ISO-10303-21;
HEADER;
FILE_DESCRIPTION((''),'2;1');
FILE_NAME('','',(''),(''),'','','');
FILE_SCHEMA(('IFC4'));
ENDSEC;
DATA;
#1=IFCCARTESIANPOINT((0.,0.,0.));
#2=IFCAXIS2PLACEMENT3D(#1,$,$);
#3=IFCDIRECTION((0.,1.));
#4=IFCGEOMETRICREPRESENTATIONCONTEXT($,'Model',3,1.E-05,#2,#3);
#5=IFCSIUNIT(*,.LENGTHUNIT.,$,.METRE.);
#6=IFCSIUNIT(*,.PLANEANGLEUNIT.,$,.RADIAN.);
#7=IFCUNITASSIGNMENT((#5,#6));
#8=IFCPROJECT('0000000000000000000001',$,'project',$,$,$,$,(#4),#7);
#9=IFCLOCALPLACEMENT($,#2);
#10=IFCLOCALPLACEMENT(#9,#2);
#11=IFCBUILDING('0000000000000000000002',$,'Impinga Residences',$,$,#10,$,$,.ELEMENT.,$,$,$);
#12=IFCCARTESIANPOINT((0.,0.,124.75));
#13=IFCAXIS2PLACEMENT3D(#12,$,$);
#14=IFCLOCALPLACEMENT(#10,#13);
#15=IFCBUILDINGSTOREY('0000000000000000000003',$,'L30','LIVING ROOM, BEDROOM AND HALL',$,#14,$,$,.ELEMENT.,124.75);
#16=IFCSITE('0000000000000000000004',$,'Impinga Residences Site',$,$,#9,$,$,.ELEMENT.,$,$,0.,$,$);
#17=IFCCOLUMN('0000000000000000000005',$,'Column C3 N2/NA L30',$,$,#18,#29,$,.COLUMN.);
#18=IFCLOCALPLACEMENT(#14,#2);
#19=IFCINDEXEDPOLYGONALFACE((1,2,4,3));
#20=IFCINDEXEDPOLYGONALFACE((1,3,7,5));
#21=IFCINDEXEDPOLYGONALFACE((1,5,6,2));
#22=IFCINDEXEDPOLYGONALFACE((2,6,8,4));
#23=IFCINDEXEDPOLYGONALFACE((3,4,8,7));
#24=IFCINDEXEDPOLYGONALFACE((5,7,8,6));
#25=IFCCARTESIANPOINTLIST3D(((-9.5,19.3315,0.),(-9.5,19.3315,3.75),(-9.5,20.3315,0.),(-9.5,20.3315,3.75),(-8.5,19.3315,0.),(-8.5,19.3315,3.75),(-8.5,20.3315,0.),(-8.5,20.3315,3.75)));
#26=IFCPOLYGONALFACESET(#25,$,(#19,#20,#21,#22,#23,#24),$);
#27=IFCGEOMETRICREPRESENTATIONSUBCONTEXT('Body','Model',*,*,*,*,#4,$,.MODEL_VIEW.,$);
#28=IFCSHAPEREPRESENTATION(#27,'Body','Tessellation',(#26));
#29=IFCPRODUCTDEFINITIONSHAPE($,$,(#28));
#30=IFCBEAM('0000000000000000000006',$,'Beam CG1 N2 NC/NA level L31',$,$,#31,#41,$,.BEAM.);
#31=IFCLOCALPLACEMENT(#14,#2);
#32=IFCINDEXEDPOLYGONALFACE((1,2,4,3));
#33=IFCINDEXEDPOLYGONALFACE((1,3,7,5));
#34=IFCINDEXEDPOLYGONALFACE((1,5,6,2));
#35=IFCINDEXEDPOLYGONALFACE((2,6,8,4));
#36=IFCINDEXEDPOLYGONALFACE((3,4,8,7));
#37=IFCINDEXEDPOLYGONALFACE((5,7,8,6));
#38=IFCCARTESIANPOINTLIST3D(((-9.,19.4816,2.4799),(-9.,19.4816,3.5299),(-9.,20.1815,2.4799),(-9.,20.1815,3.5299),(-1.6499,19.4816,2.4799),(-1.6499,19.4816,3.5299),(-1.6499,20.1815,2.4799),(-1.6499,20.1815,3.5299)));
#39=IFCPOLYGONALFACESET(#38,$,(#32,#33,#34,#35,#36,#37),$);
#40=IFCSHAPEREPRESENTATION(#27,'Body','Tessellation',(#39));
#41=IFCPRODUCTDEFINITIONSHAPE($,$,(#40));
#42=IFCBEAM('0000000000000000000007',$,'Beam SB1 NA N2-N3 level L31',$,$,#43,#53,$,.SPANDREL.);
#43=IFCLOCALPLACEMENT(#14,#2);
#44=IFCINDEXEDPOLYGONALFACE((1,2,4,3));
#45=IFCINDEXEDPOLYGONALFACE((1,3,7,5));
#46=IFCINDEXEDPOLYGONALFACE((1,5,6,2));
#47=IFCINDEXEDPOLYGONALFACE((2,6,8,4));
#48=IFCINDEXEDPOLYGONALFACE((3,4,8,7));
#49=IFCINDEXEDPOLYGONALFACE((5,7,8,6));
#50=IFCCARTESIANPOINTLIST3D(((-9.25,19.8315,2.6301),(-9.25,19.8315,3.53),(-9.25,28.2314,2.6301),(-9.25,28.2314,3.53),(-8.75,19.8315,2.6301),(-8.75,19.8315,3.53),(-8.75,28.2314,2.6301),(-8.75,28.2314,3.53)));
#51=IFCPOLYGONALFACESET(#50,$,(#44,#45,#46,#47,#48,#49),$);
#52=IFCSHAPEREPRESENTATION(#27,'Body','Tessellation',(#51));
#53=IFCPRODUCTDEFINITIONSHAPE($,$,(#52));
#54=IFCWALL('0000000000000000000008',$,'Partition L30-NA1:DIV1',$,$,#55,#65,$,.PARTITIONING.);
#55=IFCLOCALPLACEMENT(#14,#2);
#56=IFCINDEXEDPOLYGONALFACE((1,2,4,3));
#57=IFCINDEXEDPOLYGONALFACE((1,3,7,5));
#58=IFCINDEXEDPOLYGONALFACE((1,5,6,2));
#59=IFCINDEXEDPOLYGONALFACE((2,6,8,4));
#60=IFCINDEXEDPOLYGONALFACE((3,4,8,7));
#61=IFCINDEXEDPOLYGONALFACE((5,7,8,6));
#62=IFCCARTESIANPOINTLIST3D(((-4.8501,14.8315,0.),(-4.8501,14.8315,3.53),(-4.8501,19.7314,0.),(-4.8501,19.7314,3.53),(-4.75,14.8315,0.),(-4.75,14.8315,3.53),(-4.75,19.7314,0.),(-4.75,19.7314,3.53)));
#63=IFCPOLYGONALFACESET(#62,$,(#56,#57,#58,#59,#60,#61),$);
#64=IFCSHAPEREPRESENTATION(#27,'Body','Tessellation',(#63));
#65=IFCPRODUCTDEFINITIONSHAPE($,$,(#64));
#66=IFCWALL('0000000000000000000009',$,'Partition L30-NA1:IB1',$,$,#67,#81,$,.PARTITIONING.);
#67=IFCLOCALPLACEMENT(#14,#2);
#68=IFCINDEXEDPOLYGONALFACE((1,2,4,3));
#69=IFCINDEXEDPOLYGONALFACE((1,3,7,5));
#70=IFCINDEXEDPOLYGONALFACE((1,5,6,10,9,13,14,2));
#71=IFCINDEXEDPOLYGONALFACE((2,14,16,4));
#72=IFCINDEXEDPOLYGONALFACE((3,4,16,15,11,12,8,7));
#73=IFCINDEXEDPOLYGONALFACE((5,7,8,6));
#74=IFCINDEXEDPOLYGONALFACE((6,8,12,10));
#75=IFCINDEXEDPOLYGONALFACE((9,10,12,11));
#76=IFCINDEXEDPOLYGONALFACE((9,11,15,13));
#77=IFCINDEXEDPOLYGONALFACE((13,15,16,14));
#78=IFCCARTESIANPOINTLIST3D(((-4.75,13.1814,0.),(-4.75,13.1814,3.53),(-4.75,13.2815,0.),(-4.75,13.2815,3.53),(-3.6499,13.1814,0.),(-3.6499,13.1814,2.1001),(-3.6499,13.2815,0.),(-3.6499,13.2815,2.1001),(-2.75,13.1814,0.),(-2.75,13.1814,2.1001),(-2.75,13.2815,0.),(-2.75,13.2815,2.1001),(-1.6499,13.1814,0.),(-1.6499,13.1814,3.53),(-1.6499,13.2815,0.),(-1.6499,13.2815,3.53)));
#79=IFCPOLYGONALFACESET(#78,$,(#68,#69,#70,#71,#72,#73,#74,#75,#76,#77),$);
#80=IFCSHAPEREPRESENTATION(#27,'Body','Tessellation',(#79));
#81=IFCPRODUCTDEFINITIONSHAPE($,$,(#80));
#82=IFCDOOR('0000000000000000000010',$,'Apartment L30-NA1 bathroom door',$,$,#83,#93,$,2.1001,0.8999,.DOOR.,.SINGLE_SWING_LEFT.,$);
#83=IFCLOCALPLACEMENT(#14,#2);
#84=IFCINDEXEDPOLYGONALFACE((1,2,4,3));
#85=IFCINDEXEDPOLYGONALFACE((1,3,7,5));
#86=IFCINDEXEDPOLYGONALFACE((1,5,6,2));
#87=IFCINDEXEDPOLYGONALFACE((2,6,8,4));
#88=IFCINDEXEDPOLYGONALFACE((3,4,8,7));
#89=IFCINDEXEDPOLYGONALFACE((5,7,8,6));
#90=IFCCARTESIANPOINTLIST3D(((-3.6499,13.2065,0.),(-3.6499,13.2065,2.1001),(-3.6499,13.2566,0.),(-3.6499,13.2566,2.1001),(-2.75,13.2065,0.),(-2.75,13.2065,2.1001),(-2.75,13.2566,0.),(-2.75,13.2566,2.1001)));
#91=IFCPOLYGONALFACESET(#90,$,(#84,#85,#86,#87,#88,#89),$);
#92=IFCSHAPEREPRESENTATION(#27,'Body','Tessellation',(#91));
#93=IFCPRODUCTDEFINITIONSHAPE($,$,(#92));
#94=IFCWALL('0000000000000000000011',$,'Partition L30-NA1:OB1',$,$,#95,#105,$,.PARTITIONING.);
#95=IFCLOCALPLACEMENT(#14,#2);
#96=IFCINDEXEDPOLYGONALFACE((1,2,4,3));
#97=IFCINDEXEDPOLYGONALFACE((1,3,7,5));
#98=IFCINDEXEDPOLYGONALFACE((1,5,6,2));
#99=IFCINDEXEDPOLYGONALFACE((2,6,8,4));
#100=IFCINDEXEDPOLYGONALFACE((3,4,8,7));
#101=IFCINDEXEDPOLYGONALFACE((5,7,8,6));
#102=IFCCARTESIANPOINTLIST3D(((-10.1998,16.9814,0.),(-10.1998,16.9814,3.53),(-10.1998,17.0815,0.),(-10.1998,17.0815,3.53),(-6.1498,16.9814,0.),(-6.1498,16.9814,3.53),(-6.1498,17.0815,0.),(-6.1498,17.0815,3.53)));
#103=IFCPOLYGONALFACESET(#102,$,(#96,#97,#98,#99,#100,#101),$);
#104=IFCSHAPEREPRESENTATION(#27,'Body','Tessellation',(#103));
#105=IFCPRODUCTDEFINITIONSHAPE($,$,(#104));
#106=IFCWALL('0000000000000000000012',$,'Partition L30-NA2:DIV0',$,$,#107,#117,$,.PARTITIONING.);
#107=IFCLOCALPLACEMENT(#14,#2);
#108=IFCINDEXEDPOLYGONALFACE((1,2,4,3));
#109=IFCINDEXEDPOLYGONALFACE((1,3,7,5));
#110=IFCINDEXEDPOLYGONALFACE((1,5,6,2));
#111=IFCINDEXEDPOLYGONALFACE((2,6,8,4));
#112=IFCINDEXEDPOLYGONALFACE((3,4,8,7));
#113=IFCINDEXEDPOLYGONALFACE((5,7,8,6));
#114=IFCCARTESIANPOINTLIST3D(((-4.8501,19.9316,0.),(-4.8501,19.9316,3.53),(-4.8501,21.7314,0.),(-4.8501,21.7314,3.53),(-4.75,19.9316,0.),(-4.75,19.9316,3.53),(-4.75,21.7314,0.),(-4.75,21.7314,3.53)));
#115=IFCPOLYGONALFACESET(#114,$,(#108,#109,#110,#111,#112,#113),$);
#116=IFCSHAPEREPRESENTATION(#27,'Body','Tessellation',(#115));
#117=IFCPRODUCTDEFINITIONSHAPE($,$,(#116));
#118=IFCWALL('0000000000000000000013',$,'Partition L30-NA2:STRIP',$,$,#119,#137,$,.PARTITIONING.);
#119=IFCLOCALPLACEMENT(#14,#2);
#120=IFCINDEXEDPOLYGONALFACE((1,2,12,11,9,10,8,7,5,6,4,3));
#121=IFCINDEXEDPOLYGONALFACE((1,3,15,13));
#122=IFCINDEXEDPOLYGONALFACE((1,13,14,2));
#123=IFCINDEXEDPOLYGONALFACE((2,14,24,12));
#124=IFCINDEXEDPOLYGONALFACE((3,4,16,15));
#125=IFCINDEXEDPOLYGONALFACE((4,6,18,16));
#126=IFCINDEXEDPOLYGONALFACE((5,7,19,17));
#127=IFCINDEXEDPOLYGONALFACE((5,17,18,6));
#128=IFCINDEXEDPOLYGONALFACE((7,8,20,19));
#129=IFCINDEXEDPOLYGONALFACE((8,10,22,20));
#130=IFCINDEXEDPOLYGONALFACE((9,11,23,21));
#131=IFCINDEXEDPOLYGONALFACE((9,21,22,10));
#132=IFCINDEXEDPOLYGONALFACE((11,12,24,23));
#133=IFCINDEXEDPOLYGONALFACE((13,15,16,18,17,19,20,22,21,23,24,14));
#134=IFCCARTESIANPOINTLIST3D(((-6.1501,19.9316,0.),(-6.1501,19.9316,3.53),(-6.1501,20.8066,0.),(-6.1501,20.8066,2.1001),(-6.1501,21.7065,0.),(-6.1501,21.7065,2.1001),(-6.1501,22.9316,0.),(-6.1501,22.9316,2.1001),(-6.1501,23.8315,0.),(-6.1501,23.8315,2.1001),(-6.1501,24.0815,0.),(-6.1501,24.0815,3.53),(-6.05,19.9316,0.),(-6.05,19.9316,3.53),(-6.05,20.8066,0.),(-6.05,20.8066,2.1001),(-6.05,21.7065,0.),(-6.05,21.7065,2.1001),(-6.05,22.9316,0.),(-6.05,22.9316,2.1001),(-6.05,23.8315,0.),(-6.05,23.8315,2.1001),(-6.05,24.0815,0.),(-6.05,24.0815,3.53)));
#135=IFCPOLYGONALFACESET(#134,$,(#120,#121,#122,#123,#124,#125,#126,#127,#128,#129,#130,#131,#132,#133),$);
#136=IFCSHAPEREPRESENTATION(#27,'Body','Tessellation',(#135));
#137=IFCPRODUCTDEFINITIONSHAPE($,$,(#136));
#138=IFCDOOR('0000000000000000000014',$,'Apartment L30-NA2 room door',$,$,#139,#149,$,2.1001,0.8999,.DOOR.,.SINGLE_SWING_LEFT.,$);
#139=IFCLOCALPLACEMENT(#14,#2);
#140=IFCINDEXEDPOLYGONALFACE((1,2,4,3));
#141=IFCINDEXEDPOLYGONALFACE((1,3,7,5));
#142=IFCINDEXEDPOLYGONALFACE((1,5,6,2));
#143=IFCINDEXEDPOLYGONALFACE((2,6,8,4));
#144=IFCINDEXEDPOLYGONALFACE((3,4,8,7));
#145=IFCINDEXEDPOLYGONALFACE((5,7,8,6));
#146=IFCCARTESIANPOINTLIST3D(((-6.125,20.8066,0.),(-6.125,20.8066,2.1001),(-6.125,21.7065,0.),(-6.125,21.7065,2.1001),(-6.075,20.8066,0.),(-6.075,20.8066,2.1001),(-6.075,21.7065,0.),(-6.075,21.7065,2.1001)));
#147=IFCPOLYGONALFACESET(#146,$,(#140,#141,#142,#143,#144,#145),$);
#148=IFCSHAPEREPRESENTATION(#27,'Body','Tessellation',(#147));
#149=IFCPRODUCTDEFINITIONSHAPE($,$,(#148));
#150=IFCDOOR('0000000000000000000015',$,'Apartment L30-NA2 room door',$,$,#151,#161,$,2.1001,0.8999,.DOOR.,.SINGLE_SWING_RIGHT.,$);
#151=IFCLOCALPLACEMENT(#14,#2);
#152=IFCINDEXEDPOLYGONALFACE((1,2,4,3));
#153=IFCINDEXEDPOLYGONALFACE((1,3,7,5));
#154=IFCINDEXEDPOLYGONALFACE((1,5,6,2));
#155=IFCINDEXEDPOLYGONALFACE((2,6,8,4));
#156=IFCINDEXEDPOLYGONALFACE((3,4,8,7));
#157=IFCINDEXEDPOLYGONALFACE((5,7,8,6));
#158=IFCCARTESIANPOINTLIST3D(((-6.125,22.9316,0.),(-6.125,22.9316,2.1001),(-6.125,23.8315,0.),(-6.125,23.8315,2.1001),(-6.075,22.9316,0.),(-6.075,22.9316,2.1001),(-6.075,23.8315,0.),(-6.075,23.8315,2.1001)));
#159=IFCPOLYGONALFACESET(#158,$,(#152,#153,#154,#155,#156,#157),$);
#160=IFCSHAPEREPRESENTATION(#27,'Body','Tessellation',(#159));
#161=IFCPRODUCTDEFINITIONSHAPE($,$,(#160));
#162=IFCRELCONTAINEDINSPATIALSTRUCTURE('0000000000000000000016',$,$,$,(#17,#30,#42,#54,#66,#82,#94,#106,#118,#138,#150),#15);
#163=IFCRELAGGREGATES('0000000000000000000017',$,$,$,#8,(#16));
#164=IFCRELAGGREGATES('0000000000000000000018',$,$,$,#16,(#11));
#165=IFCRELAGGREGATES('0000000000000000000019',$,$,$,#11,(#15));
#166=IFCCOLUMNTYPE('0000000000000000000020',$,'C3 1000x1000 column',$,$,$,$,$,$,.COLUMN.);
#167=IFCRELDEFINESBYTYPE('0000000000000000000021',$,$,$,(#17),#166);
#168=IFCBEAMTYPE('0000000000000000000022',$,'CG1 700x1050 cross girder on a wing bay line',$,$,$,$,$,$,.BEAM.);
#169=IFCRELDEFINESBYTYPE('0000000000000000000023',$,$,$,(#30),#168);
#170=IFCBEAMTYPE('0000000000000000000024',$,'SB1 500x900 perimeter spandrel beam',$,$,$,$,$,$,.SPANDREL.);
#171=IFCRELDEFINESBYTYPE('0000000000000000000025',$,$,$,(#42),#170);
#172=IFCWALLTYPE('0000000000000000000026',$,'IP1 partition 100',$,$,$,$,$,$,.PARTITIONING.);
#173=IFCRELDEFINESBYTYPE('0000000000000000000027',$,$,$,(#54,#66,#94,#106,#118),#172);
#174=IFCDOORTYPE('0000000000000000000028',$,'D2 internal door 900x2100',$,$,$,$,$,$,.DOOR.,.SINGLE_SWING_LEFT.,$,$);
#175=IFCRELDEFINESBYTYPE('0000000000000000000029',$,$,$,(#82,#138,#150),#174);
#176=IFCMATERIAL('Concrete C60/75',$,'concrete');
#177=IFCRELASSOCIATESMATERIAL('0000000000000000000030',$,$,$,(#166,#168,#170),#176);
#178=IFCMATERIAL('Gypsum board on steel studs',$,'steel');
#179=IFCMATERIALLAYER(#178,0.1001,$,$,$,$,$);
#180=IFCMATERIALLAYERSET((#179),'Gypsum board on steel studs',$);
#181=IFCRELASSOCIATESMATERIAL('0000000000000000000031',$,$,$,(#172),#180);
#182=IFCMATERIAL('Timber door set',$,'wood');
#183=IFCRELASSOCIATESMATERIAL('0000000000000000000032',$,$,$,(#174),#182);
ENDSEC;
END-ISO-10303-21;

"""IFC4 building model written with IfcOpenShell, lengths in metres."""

from ifc_helpers import new_model, si_unit, direction, frame, frame_2d, origin, origin_2d, place, context, subcontext, project, spatial, rectangle, extrude, material, layer, layer_set, material_profile, profile_set, type_object, element, fill, save


model = new_model("IFC4")

# Units and contexts
model_context = context("Model", 3, precision=1e-05, world=origin(), true_north=direction((0.0, 1.0)))
body_context = subcontext(model_context, "Body", "Model", "MODEL_VIEW")
ifc_project = project(units=[si_unit("LENGTHUNIT", "METRE"), si_unit("PLANEANGLEUNIT", "RADIAN")], contexts=[model_context])

# Site, building, storey
site_placement = place(None, origin())
site = spatial("IfcSite", under=ifc_project, at=site_placement, Name="Impinga Residences Site", CompositionType="ELEMENT", RefElevation=0.0)
building_placement = place(site_placement, origin())
building = spatial("IfcBuilding", under=site, at=building_placement, Name="Impinga Residences", CompositionType="ELEMENT")
storey_placement = place(building_placement, frame((0.0, 0.0, 124.75)))
storey = spatial("IfcBuildingStorey", under=building, at=storey_placement, Name="L30", Description="LIVING ROOM, BEDROOM AND HALL", CompositionType="ELEMENT", Elevation=124.75)

# Column
ifc_material_1 = material(Name="Concrete C60/75", Category="concrete")
ifc_material_profile_1 = material_profile(ifc_material_1, rectangle(XDim=1.0, YDim=1.0, at=origin_2d()), Name="RC 1000x1000")
ifc_profile_set_1 = profile_set([ifc_material_profile_1], Name="Concrete C60/75")
column_type = type_object("IfcColumnType", Name="C3 1000x1000 column", PredefinedType="COLUMN", material=ifc_profile_set_1)
column_placement = place(storey_placement, frame((-9.0, 19.8315, 0.0), z_axis=(0.0, 0.0, 1.0), x_axis=(1.0, 0.0, 0.0)))
element("IfcColumn", 1, at=column_placement, inside=storey, type_object=column_type, Name="Column C3 N2/NA L30", PredefinedType="COLUMN", context=body_context, shape_type="SweptSolid", body=[
    extrude(rectangle(XDim=1.0, YDim=1.0, at=origin_2d()), origin(), (0.0, 0.0, 1.0), 3.75),
])

# Beams
ifc_material_profile_2 = material_profile(ifc_material_1, rectangle(XDim=0.7, YDim=1.05, at=origin_2d()), Name="RC 700x1050")
ifc_profile_set_2 = profile_set([ifc_material_profile_2], Name="Concrete C60/75")
beam_type_1 = type_object("IfcBeamType", Name="CG1 700x1050 cross girder on a wing bay line", PredefinedType="BEAM", material=ifc_profile_set_2)
beam_1_placement = place(storey_placement, frame((-1.6499, 19.8315, 3.0049), z_axis=(-1.0, 0.0, 0.0), x_axis=(0.0, -1.0, 0.0)))
element("IfcBeam", 2, at=beam_1_placement, inside=storey, type_object=beam_type_1, Name="Beam CG1 N2 NC/NA level L31", PredefinedType="BEAM", context=body_context, shape_type="SweptSolid", body=[
    extrude(rectangle(XDim=0.7, YDim=1.05, at=origin_2d()), origin(), (0.0, 0.0, 1.0), 7.3501),
])
ifc_material_profile_3 = material_profile(ifc_material_1, rectangle(XDim=0.5, YDim=0.8999, at=origin_2d()), Name="RC 500x900")
ifc_profile_set_3 = profile_set([ifc_material_profile_3], Name="Concrete C60/75")
beam_type_2 = type_object("IfcBeamType", Name="SB1 500x900 perimeter spandrel beam", PredefinedType="SPANDREL", material=ifc_profile_set_3)
beam_2_placement = place(storey_placement, frame((-9.0, 19.8315, 3.0801), z_axis=(0.0, 1.0, 0.0), x_axis=(-1.0, 0.0, 0.0)))
element("IfcBeam", 3, at=beam_2_placement, inside=storey, type_object=beam_type_2, Name="Beam SB1 NA N2-N3 level L31", PredefinedType="SPANDREL", context=body_context, shape_type="SweptSolid", body=[
    extrude(rectangle(XDim=0.5, YDim=0.8999, at=origin_2d()), origin(), (0.0, 0.0, 1.0), 8.3999),
])

# Wall
ifc_material_2 = material(Name="Gypsum board on steel studs", Category="steel")
ifc_layer_1 = layer(ifc_material_2, 0.1001)
ifc_layer_set_1 = layer_set([ifc_layer_1], Name="Gypsum board on steel studs")
wall_type_1 = type_object("IfcWallType", Name="IP1 partition 100", PredefinedType="PARTITIONING", material=ifc_layer_set_1)
wall_1_placement = place(storey_placement, frame((-4.8, 14.8315, 0.0), z_axis=(0.0, 0.0, 1.0), x_axis=(0.0, 1.0, 0.0)))
element("IfcWall", 4, at=wall_1_placement, inside=storey, type_object=wall_type_1, Name="Partition L30-NA1:DIV1", PredefinedType="PARTITIONING", context=body_context, shape_type="SweptSolid", body=[
    extrude(rectangle(XDim=4.8999, YDim=0.1001, at=frame_2d((2.45, 0.0))), origin(), (0.0, 0.0, 1.0), 3.53),
])

# Wall, opening, door
wall_2_placement = place(storey_placement, frame((-1.6499, 13.2314, 0.0), z_axis=(0.0, 0.0, 1.0), x_axis=(-1.0, 0.0, 0.0)))
wall_2 = element("IfcWall", 5, at=wall_2_placement, inside=storey, type_object=wall_type_1, Name="Partition L30-NA1:IB1", PredefinedType="PARTITIONING", context=body_context, shape_type="SweptSolid", body=[
    extrude(rectangle(XDim=3.1001, YDim=0.1001, at=frame_2d((1.55, 0.0))), origin(), (0.0, 0.0, 1.0), 3.53),
])
opening_1_placement = place(wall_2_placement, frame((1.1001, 0.0, 0.0)))
opening_1 = element("IfcOpeningElement", 6, at=opening_1_placement, cuts=wall_2, PredefinedType="OPENING", context=body_context, shape_type="SweptSolid", body=[
    extrude(rectangle(XDim=0.8999, YDim=2.1001, at=frame_2d((0.45, 1.05))), frame((0.0, 0.0601, 0.0), z_axis=(0.0, -1.0, 0.0), x_axis=(1.0, 0.0, 0.0)), (0.0, 0.0, 1.0), 0.1201),
])
ifc_material_3 = material(Name="Timber door set", Category="wood")
door_type = type_object("IfcDoorType", Name="D2 internal door 900x2100", OperationType="SINGLE_SWING_LEFT", PredefinedType="DOOR", material=ifc_material_3)
door_1_placement = place(opening_1_placement, origin())
door_1 = element("IfcDoor", 7, at=door_1_placement, inside=storey, type_object=door_type, Name="Apartment L30-NA1 bathroom door", OperationType="SINGLE_SWING_LEFT", OverallHeight=2.1001, OverallWidth=0.8999, PredefinedType="DOOR", context=body_context, shape_type="SweptSolid", body=[
    extrude(rectangle(XDim=0.8999, YDim=2.1001, at=frame_2d((0.45, 1.05))), frame((0.0, 0.0249, 0.0), z_axis=(0.0, -1.0, 0.0), x_axis=(1.0, 0.0, 0.0)), (0.0, 0.0, 1.0), 0.05),
])
fill(opening_1, door_1)

# Walls
wall_3_placement = place(storey_placement, frame((-6.1499, 17.0315, 0.0), z_axis=(0.0, 0.0, 1.0), x_axis=(-1.0, 0.0, 0.0)))
element("IfcWall", 8, at=wall_3_placement, inside=storey, type_object=wall_type_1, Name="Partition L30-NA1:OB1", PredefinedType="PARTITIONING", context=body_context, shape_type="SweptSolid", body=[
    extrude(rectangle(XDim=4.05, YDim=0.1001, at=frame_2d((2.0249, 0.0))), origin(), (0.0, 0.0, 1.0), 3.53),
])
wall_4_placement = place(storey_placement, frame((-4.8, 19.9316, 0.0), z_axis=(0.0, 0.0, 1.0), x_axis=(0.0, 1.0, 0.0)))
element("IfcWall", 9, at=wall_4_placement, inside=storey, type_object=wall_type_1, Name="Partition L30-NA2:DIV0", PredefinedType="PARTITIONING", context=body_context, shape_type="SweptSolid", body=[
    extrude(rectangle(XDim=1.7998, YDim=0.1001, at=frame_2d((0.8999, 0.0))), origin(), (0.0, 0.0, 1.0), 3.53),
])

# Wall, openings, doors
wall_5_placement = place(storey_placement, frame((-6.1001, 19.9316, 0.0), z_axis=(0.0, 0.0, 1.0), x_axis=(0.0, 1.0, 0.0)))
wall_5 = element("IfcWall", 10, at=wall_5_placement, inside=storey, type_object=wall_type_1, Name="Partition L30-NA2:STRIP", PredefinedType="PARTITIONING", context=body_context, shape_type="SweptSolid", body=[
    extrude(rectangle(XDim=4.1499, YDim=0.1001, at=frame_2d((2.075, 0.0))), origin(), (0.0, 0.0, 1.0), 3.53),
])
opening_2_placement = place(wall_5_placement, frame((0.875, 0.0, 0.0)))
opening_2 = element("IfcOpeningElement", 11, at=opening_2_placement, cuts=wall_5, PredefinedType="OPENING", context=body_context, shape_type="SweptSolid", body=[
    extrude(rectangle(XDim=0.8999, YDim=2.1001, at=frame_2d((0.45, 1.05))), frame((0.0, 0.0601, 0.0), z_axis=(0.0, -1.0, 0.0), x_axis=(1.0, 0.0, 0.0)), (0.0, 0.0, 1.0), 0.1201),
])
opening_3_placement = place(wall_5_placement, frame((3.0, 0.0, 0.0)))
opening_3 = element("IfcOpeningElement", 12, at=opening_3_placement, cuts=wall_5, PredefinedType="OPENING", context=body_context, shape_type="SweptSolid", body=[
    extrude(rectangle(XDim=0.8999, YDim=2.1001, at=frame_2d((0.45, 1.05))), frame((0.0, 0.0601, 0.0), z_axis=(0.0, -1.0, 0.0), x_axis=(1.0, 0.0, 0.0)), (0.0, 0.0, 1.0), 0.1201),
])
door_2_placement = place(opening_2_placement, origin())
door_2 = element("IfcDoor", 13, at=door_2_placement, inside=storey, type_object=door_type, Name="Apartment L30-NA2 room door", OperationType="SINGLE_SWING_LEFT", OverallHeight=2.1001, OverallWidth=0.8999, PredefinedType="DOOR", context=body_context, shape_type="SweptSolid", body=[
    extrude(rectangle(XDim=0.8999, YDim=2.1001, at=frame_2d((0.45, 1.05))), frame((0.0, 0.0249, 0.0), z_axis=(0.0, -1.0, 0.0), x_axis=(1.0, 0.0, 0.0)), (0.0, 0.0, 1.0), 0.05),
])
fill(opening_2, door_2)
door_3_placement = place(opening_3_placement, origin())
door_3 = element("IfcDoor", 14, at=door_3_placement, inside=storey, type_object=door_type, Name="Apartment L30-NA2 room door", OperationType="SINGLE_SWING_RIGHT", OverallHeight=2.1001, OverallWidth=0.8999, PredefinedType="DOOR", context=body_context, shape_type="SweptSolid", body=[
    extrude(rectangle(XDim=0.8999, YDim=2.1001, at=frame_2d((0.45, 1.05))), frame((0.0, 0.0249, 0.0), z_axis=(0.0, -1.0, 0.0), x_axis=(1.0, 0.0, 0.0)), (0.0, 0.0, 1.0), 0.05),
])
fill(opening_3, door_3)

save(model, "model.ifc")
